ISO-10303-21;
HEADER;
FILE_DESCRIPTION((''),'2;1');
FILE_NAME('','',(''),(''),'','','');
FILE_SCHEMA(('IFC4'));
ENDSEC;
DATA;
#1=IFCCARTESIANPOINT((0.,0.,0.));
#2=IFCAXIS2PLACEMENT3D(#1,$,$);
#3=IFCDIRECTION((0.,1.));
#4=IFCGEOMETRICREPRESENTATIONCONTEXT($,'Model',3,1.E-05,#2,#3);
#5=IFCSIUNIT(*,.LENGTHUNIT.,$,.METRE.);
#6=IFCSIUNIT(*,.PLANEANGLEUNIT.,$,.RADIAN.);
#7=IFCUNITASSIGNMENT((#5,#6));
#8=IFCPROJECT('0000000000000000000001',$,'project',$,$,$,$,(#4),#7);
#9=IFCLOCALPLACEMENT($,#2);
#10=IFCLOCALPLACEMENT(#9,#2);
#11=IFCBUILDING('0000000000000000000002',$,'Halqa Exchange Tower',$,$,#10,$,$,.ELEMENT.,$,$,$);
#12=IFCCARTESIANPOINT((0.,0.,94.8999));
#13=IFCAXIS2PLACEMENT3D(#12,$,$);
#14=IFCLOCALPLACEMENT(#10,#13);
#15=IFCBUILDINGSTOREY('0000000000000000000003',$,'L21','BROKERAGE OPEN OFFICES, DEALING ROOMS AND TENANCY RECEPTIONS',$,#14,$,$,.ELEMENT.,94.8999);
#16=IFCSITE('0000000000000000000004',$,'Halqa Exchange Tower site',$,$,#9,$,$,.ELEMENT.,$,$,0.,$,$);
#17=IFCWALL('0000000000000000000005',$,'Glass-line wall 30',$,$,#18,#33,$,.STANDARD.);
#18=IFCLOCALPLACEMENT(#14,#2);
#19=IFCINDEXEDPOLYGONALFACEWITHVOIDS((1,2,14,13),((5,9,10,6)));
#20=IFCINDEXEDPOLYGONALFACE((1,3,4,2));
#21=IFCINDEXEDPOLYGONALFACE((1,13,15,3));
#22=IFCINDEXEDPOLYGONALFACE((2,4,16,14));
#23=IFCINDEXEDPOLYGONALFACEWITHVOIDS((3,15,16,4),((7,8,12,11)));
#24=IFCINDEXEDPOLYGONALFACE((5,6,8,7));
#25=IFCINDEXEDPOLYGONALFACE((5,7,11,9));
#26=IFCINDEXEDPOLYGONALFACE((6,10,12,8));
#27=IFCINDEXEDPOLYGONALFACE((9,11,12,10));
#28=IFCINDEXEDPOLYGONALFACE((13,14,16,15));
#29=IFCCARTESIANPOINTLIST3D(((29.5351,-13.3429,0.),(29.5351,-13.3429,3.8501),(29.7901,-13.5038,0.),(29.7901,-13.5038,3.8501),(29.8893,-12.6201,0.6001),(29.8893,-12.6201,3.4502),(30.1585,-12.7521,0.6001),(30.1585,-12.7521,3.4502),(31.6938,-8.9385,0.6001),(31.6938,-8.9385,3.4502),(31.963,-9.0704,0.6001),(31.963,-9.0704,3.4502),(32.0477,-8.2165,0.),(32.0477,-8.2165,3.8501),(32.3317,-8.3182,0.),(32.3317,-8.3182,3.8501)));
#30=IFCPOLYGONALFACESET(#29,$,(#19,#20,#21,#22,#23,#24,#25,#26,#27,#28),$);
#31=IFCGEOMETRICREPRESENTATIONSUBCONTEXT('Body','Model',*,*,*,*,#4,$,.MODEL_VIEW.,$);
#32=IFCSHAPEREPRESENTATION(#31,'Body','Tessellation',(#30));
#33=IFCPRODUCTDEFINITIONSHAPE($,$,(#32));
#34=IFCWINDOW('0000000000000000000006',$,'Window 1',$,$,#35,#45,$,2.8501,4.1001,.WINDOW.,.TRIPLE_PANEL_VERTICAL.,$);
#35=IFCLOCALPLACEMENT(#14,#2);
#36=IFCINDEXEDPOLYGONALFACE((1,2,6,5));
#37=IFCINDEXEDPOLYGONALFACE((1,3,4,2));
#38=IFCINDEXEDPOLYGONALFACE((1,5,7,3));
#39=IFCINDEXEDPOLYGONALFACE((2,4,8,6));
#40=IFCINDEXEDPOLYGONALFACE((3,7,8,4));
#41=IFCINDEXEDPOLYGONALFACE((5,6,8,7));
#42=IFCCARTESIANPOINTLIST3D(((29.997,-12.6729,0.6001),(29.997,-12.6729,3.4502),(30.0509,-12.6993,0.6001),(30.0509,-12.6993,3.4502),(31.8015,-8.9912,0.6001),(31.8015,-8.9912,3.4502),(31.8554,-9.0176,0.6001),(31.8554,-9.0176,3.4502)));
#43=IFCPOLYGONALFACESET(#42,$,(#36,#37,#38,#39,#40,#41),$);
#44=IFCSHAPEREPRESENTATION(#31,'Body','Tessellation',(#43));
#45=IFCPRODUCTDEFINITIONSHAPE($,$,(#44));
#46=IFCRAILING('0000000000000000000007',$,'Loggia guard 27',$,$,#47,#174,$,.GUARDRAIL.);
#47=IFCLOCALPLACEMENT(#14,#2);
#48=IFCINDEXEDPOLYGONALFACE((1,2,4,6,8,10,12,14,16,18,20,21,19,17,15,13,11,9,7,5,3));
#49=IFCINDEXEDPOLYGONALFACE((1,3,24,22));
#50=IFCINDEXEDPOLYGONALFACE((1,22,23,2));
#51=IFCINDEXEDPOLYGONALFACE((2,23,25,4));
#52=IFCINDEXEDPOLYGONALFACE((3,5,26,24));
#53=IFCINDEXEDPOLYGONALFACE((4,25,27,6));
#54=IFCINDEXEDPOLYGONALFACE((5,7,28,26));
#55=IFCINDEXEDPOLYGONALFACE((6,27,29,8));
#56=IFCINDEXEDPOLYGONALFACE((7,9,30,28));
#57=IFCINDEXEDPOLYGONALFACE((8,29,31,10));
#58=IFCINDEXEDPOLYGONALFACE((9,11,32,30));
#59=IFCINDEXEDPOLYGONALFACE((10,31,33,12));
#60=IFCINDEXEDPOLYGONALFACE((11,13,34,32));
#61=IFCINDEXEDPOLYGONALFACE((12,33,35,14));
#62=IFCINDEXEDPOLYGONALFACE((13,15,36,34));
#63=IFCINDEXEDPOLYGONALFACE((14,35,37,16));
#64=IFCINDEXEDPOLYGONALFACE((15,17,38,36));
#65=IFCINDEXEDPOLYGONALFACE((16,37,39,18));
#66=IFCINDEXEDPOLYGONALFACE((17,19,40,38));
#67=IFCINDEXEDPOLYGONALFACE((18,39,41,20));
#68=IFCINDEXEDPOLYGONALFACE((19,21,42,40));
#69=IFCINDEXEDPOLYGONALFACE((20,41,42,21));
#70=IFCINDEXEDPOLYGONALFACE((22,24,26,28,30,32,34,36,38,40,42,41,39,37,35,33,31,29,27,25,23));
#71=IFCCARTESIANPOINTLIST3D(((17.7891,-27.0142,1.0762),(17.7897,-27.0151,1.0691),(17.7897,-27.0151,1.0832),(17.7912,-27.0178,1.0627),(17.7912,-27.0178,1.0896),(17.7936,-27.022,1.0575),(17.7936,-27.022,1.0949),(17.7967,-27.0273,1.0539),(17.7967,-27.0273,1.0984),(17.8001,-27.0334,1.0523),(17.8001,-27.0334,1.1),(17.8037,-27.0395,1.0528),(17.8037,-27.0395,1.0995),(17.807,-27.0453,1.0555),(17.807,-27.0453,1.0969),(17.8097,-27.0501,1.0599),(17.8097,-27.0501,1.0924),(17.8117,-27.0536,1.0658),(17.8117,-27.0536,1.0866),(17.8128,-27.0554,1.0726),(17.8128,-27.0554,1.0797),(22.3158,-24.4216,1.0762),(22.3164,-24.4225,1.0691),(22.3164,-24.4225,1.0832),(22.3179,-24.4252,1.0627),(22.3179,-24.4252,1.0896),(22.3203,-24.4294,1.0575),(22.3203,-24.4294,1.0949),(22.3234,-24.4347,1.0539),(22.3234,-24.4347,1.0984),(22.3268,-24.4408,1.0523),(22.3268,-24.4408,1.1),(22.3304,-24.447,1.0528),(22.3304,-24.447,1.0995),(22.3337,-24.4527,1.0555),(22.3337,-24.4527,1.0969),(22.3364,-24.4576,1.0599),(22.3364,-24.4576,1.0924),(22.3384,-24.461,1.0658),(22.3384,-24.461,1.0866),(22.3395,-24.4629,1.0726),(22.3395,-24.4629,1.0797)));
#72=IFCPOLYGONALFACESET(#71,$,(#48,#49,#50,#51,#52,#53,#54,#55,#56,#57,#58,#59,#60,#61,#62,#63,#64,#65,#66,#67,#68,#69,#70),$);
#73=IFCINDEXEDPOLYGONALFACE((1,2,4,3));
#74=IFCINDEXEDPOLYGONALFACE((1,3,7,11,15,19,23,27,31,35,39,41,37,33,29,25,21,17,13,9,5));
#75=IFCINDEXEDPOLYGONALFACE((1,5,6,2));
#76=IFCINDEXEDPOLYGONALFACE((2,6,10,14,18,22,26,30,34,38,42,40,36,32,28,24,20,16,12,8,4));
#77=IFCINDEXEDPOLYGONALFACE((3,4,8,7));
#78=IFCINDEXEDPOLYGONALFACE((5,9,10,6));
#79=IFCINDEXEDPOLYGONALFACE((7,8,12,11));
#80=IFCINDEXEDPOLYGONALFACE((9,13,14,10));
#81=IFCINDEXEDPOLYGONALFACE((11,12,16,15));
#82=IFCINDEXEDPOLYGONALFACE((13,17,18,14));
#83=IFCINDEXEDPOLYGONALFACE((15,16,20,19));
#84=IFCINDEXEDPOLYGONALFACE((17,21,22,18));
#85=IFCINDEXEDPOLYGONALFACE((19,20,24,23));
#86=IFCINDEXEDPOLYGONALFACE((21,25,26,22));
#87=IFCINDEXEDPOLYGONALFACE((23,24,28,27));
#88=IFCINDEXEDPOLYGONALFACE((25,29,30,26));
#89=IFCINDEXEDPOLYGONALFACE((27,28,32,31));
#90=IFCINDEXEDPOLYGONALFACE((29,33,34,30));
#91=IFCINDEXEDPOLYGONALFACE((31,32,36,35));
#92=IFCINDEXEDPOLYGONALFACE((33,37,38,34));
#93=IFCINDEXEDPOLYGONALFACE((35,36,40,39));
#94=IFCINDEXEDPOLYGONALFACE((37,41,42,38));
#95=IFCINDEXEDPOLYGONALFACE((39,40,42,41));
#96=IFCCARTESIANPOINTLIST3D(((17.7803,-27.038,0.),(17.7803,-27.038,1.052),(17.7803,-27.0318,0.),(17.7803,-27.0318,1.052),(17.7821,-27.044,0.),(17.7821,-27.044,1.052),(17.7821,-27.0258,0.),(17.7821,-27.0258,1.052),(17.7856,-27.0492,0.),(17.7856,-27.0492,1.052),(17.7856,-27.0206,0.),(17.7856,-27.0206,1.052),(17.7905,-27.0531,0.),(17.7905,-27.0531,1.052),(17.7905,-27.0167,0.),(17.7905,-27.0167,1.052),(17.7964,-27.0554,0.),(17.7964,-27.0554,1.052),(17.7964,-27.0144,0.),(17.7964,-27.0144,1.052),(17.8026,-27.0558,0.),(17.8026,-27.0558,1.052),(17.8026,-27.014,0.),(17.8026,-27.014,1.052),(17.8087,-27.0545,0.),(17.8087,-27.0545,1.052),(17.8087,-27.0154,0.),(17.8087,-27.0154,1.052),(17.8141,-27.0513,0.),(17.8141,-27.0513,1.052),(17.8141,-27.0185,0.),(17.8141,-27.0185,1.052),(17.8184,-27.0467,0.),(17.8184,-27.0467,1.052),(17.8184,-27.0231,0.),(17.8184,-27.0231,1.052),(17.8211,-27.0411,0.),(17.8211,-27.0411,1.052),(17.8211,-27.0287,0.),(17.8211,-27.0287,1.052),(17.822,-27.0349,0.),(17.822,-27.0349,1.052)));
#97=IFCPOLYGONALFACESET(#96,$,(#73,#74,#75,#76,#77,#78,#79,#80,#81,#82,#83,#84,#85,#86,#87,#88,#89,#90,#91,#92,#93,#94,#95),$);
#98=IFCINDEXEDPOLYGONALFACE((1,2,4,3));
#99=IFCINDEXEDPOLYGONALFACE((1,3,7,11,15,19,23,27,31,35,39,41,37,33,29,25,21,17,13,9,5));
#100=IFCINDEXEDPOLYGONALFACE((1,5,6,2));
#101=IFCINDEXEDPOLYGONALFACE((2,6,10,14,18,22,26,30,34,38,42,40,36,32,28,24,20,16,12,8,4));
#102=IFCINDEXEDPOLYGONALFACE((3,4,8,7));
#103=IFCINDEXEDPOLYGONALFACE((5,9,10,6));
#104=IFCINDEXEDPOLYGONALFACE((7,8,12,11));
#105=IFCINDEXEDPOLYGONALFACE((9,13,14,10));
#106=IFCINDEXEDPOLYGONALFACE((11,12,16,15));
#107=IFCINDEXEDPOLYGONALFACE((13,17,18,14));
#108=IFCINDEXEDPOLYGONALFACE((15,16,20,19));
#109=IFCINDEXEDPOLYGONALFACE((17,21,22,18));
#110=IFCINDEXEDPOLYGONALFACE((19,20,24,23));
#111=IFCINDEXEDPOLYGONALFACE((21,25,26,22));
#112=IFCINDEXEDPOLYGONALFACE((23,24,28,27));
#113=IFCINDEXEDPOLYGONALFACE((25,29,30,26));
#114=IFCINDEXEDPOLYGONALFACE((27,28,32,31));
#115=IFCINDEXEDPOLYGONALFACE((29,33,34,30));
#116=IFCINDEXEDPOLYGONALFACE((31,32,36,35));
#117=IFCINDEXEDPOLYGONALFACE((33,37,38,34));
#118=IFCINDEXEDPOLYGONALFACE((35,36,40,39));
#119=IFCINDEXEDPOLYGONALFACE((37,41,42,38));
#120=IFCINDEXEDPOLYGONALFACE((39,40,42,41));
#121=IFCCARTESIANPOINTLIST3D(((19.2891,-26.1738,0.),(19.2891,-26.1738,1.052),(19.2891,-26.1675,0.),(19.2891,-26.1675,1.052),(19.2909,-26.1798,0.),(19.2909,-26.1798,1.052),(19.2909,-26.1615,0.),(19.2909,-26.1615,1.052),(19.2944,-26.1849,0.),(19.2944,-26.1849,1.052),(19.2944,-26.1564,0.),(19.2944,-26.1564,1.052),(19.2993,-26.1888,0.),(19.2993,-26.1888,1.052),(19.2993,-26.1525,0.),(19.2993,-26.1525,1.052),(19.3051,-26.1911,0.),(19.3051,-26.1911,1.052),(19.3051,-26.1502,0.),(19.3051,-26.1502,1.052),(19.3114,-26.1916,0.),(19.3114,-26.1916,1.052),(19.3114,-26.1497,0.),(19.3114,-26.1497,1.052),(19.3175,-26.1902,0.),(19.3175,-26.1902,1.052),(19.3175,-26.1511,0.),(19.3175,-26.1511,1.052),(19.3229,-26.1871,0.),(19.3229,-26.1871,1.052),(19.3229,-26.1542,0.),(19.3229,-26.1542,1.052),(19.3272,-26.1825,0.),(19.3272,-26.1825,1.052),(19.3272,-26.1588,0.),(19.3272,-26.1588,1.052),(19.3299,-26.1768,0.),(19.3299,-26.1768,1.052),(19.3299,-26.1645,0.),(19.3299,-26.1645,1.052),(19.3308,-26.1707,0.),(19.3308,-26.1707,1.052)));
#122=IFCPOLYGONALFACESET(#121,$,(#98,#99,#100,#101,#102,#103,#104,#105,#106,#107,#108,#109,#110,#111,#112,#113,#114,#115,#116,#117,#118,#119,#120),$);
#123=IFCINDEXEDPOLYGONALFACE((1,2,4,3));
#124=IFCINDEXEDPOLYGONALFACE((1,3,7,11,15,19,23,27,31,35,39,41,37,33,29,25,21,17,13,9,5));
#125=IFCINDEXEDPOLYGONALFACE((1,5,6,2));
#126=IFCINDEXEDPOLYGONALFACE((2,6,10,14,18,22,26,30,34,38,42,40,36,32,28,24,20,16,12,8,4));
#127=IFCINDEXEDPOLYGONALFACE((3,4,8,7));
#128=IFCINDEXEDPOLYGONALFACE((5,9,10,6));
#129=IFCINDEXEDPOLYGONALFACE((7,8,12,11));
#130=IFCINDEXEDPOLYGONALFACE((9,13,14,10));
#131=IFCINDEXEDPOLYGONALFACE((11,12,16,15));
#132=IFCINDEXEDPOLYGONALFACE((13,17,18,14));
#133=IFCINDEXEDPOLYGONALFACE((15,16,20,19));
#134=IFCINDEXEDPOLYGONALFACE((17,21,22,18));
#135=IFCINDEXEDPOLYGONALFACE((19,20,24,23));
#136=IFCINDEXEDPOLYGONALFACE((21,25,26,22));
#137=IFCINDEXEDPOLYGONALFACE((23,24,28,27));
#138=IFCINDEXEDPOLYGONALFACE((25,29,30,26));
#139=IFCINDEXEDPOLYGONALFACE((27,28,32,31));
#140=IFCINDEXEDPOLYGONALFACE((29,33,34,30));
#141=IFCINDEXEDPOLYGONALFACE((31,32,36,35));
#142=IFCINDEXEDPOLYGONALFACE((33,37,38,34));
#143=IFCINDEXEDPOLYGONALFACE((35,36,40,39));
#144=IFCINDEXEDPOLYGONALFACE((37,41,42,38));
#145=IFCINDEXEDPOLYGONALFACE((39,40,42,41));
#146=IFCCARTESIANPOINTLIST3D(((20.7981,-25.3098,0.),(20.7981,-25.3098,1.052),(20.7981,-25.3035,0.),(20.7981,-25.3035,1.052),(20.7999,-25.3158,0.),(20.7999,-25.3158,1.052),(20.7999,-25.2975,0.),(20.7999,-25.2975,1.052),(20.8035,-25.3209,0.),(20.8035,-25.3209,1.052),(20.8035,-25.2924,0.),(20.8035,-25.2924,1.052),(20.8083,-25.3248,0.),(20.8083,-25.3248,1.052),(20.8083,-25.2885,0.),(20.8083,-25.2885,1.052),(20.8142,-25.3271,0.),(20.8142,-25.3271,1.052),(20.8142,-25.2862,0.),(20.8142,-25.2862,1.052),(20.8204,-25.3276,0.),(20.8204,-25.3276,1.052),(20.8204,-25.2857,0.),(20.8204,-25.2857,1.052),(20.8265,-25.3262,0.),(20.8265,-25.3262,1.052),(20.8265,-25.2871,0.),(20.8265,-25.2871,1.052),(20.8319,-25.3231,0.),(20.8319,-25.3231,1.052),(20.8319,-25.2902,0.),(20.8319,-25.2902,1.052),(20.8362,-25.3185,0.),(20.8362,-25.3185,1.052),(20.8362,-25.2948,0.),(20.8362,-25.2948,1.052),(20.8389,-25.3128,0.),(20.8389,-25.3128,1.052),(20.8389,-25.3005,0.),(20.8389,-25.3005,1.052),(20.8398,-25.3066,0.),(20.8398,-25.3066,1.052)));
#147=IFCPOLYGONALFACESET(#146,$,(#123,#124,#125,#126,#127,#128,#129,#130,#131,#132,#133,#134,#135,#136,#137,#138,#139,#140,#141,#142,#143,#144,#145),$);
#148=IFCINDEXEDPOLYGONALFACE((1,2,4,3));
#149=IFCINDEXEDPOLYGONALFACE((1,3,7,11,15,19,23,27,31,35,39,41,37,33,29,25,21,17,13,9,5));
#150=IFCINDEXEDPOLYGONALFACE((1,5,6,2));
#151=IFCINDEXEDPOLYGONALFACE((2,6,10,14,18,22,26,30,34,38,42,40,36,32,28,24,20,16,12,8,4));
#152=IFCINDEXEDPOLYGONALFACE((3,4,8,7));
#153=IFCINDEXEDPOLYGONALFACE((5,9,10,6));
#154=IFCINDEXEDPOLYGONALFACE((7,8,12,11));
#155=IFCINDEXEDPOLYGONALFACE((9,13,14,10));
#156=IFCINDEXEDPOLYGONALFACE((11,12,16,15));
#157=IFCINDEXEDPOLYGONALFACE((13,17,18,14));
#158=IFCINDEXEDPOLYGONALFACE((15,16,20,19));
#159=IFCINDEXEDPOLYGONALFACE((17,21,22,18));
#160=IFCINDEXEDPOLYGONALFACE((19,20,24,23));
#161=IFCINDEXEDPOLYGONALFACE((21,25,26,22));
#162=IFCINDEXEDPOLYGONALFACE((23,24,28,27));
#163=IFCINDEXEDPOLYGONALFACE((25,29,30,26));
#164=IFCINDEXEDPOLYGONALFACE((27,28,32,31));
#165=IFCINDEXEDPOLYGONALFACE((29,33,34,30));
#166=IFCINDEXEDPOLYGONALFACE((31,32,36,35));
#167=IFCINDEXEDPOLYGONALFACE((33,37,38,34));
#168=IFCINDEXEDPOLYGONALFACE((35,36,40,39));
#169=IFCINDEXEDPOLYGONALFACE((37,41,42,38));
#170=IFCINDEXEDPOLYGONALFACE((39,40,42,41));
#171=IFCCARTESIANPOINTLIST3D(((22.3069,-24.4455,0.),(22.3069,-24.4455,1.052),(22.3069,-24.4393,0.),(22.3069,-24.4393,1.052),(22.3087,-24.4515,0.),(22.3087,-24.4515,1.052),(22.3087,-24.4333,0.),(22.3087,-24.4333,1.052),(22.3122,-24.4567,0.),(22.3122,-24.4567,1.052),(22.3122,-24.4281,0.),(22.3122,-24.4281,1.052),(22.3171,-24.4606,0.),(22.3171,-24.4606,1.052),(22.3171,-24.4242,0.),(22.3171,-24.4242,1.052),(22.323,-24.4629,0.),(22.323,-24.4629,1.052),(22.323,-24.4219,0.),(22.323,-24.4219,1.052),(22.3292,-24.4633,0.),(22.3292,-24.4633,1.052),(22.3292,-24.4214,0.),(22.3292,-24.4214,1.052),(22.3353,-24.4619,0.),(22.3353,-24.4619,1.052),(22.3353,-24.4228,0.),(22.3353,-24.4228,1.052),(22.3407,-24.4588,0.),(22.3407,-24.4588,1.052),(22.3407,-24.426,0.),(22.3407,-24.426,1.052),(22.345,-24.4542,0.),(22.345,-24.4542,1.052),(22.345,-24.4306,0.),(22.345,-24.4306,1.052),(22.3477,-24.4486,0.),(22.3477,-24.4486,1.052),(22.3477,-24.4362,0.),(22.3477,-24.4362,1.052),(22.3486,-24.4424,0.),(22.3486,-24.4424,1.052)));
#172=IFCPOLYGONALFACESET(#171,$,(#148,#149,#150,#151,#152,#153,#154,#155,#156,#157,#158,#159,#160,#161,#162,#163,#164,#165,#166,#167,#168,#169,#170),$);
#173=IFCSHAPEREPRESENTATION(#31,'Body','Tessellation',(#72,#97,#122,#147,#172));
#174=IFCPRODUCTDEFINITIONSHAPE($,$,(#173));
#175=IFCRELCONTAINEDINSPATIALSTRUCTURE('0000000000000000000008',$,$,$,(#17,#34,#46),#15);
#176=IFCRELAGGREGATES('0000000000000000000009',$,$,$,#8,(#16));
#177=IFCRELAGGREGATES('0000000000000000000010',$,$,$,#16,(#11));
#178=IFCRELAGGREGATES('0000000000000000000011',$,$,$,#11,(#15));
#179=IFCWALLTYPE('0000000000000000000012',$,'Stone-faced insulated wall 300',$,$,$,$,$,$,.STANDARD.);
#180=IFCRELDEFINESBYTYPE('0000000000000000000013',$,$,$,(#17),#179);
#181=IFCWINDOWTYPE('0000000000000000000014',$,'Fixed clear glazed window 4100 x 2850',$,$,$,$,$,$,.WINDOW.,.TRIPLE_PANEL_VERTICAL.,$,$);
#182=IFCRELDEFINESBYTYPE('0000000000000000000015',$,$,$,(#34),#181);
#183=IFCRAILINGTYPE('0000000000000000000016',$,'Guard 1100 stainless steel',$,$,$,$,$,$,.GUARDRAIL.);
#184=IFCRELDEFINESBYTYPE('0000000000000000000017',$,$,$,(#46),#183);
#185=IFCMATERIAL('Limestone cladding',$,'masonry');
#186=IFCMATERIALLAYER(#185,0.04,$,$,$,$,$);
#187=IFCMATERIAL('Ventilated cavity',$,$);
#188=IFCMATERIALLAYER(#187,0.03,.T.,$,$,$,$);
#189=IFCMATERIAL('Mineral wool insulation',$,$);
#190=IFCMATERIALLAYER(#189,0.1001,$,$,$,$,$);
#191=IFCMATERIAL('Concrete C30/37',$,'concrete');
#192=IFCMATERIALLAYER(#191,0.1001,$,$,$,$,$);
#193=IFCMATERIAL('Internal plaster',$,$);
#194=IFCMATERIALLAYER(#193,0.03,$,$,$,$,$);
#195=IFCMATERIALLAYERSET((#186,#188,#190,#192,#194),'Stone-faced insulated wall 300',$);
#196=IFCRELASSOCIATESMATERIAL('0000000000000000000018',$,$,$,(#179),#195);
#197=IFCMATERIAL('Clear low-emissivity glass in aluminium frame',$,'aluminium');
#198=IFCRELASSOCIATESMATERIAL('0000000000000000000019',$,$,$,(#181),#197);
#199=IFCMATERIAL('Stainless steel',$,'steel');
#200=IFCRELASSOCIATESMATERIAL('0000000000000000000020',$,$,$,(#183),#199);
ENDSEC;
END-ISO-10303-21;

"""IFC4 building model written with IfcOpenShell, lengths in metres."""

from ifc_helpers import new_model, si_unit, direction, frame, frame_2d, origin, origin_2d, place, context, subcontext, project, spatial, polyline, rectangle, circle, outline, extrude, material, layer, layer_set, type_object, element, fill, save


model = new_model("IFC4")

# Units and contexts
model_context = context("Model", 3, precision=1e-05, world=origin(), true_north=direction((0.0, 1.0)))
body_context = subcontext(model_context, "Body", "Model", "MODEL_VIEW")
ifc_project = project(units=[si_unit("LENGTHUNIT", "METRE"), si_unit("PLANEANGLEUNIT", "RADIAN")], contexts=[model_context])

# Site, building, storey
site_placement = place(None, origin())
site = spatial("IfcSite", under=ifc_project, at=site_placement, Name="Halqa Exchange Tower site", CompositionType="ELEMENT", RefElevation=0.0)
building_placement = place(site_placement, origin())
building = spatial("IfcBuilding", under=site, at=building_placement, Name="Halqa Exchange Tower", CompositionType="ELEMENT")
storey_placement = place(building_placement, frame((0.0, 0.0, 94.8999)))
storey = spatial("IfcBuildingStorey", under=building, at=storey_placement, Name="L21", Description="BROKERAGE OPEN OFFICES, DEALING ROOMS AND TENANCY RECEPTIONS", CompositionType="ELEMENT", Elevation=94.8999)

# Shared definitions
ifc_material_1 = material(Name="Limestone cladding", Category="masonry")
ifc_layer_1 = layer(ifc_material_1, 0.04)
ifc_material_2 = material(Name="Ventilated cavity")
ifc_layer_2 = layer(ifc_material_2, 0.03, ventilated=True)
ifc_material_3 = material(Name="Mineral wool insulation")
ifc_layer_3 = layer(ifc_material_3, 0.1001)
ifc_material_4 = material(Name="Concrete C30/37", Category="concrete")
ifc_layer_4 = layer(ifc_material_4, 0.1001)
ifc_material_5 = material(Name="Internal plaster")
ifc_layer_5 = layer(ifc_material_5, 0.03)
ifc_layer_set_1 = layer_set([ifc_layer_1, ifc_layer_2, ifc_layer_3, ifc_layer_4, ifc_layer_5], Name="Stone-faced insulated wall 300")
wall_type_1 = type_object("IfcWallType", Name="Stone-faced insulated wall 300", PredefinedType="STANDARD", material=ifc_layer_set_1)
ifc_material_6 = material(Name="Clear low-emissivity glass in aluminium frame", Category="aluminium")
window_type = type_object("IfcWindowType", Name="Fixed clear glazed window 4100 x 2850", PartitioningType="TRIPLE_PANEL_VERTICAL", PredefinedType="WINDOW", material=ifc_material_6)

# Wall, opening, window
wall_1_placement = place(storey_placement, frame((29.6626, -13.4233, 0.0), z_axis=(0.0, 0.0, 1.0), x_axis=(0.440107, 0.897945, 0.0)))
wall_1 = element("IfcWall", 1, at=wall_1_placement, inside=storey, type_object=wall_type_1, Name="Glass-line wall 30", PredefinedType="STANDARD", context=body_context, shape_type="SweptSolid", body=[
    extrude(outline(polyline([(-0.0161, -0.1499), (5.7588, -0.1499), (5.7251, 0.1499), (0.0161, 0.1499), (-0.0161, -0.1499)])), origin(), (0.0, 0.0, 1.0), 3.8501),
])
opening_1_placement = place(wall_1_placement, frame((0.821, 0.0, 0.6001)))
opening_1 = element("IfcOpeningElement", 2, at=opening_1_placement, cuts=wall_1, PredefinedType="OPENING", context=body_context, shape_type="SweptSolid", body=[
    extrude(rectangle(XDim=4.1001, YDim=2.8501, at=frame_2d((2.05, 1.425))), frame((0.0, 0.1621, 0.0), z_axis=(0.0, -1.0, 0.0), x_axis=(1.0, 0.0, 0.0)), (0.0, 0.0, 1.0), 0.324),
])
window_1_placement = place(opening_1_placement, origin())
window_1 = element("IfcWindow", 3, at=window_1_placement, inside=storey, type_object=window_type, Name="Window 1", OverallHeight=2.8501, OverallWidth=4.1001, PartitioningType="TRIPLE_PANEL_VERTICAL", PredefinedType="WINDOW", context=body_context, shape_type="SweptSolid", body=[
    extrude(rectangle(XDim=4.1001, YDim=2.8501, at=frame_2d((2.05, 1.425))), frame((0.0, 0.03, 0.0), z_axis=(0.0, -1.0, 0.0), x_axis=(1.0, 0.0, 0.0)), (0.0, 0.0, 1.0), 0.0601),
])
fill(opening_1, window_1)

# Railing
ifc_material_7 = material(Name="Stainless steel", Category="steel")
railing_type = type_object("IfcRailingType", Name="Guard 1100 stainless steel", PredefinedType="GUARDRAIL", material=ifc_material_7)
railing_1_placement = place(storey_placement, frame((17.801, -27.0349, 0.0)))
element("IfcRailing", 4, at=railing_1_placement, inside=storey, type_object=railing_type, Name="Loggia guard 27", PredefinedType="GUARDRAIL", context=body_context, shape_type="SweptSolid", body=[
    extrude(circle(Radius=0.0239, at=origin_2d()), frame((0.0, 0.0, 1.0762), z_axis=(0.867756, 0.49699, 0.0), x_axis=(-0.49699, 0.867756, 0.0)), (0.0, 0.0, 1.0), 5.2166),
    extrude(circle(Radius=0.021, at=origin_2d()), origin(), (0.0, 0.0, 1.0), 1.052),
    extrude(circle(Radius=0.021, at=origin_2d()), frame((1.5088, 0.8643, 0.0)), (0.0, 0.0, 1.0), 1.052),
    extrude(circle(Radius=0.021, at=origin_2d()), frame((3.0178, 1.7283, 0.0)), (0.0, 0.0, 1.0), 1.052),
    extrude(circle(Radius=0.021, at=origin_2d()), frame((4.5266, 2.5925, 0.0)), (0.0, 0.0, 1.0), 1.052),
])

save(model, "model.ifc")
